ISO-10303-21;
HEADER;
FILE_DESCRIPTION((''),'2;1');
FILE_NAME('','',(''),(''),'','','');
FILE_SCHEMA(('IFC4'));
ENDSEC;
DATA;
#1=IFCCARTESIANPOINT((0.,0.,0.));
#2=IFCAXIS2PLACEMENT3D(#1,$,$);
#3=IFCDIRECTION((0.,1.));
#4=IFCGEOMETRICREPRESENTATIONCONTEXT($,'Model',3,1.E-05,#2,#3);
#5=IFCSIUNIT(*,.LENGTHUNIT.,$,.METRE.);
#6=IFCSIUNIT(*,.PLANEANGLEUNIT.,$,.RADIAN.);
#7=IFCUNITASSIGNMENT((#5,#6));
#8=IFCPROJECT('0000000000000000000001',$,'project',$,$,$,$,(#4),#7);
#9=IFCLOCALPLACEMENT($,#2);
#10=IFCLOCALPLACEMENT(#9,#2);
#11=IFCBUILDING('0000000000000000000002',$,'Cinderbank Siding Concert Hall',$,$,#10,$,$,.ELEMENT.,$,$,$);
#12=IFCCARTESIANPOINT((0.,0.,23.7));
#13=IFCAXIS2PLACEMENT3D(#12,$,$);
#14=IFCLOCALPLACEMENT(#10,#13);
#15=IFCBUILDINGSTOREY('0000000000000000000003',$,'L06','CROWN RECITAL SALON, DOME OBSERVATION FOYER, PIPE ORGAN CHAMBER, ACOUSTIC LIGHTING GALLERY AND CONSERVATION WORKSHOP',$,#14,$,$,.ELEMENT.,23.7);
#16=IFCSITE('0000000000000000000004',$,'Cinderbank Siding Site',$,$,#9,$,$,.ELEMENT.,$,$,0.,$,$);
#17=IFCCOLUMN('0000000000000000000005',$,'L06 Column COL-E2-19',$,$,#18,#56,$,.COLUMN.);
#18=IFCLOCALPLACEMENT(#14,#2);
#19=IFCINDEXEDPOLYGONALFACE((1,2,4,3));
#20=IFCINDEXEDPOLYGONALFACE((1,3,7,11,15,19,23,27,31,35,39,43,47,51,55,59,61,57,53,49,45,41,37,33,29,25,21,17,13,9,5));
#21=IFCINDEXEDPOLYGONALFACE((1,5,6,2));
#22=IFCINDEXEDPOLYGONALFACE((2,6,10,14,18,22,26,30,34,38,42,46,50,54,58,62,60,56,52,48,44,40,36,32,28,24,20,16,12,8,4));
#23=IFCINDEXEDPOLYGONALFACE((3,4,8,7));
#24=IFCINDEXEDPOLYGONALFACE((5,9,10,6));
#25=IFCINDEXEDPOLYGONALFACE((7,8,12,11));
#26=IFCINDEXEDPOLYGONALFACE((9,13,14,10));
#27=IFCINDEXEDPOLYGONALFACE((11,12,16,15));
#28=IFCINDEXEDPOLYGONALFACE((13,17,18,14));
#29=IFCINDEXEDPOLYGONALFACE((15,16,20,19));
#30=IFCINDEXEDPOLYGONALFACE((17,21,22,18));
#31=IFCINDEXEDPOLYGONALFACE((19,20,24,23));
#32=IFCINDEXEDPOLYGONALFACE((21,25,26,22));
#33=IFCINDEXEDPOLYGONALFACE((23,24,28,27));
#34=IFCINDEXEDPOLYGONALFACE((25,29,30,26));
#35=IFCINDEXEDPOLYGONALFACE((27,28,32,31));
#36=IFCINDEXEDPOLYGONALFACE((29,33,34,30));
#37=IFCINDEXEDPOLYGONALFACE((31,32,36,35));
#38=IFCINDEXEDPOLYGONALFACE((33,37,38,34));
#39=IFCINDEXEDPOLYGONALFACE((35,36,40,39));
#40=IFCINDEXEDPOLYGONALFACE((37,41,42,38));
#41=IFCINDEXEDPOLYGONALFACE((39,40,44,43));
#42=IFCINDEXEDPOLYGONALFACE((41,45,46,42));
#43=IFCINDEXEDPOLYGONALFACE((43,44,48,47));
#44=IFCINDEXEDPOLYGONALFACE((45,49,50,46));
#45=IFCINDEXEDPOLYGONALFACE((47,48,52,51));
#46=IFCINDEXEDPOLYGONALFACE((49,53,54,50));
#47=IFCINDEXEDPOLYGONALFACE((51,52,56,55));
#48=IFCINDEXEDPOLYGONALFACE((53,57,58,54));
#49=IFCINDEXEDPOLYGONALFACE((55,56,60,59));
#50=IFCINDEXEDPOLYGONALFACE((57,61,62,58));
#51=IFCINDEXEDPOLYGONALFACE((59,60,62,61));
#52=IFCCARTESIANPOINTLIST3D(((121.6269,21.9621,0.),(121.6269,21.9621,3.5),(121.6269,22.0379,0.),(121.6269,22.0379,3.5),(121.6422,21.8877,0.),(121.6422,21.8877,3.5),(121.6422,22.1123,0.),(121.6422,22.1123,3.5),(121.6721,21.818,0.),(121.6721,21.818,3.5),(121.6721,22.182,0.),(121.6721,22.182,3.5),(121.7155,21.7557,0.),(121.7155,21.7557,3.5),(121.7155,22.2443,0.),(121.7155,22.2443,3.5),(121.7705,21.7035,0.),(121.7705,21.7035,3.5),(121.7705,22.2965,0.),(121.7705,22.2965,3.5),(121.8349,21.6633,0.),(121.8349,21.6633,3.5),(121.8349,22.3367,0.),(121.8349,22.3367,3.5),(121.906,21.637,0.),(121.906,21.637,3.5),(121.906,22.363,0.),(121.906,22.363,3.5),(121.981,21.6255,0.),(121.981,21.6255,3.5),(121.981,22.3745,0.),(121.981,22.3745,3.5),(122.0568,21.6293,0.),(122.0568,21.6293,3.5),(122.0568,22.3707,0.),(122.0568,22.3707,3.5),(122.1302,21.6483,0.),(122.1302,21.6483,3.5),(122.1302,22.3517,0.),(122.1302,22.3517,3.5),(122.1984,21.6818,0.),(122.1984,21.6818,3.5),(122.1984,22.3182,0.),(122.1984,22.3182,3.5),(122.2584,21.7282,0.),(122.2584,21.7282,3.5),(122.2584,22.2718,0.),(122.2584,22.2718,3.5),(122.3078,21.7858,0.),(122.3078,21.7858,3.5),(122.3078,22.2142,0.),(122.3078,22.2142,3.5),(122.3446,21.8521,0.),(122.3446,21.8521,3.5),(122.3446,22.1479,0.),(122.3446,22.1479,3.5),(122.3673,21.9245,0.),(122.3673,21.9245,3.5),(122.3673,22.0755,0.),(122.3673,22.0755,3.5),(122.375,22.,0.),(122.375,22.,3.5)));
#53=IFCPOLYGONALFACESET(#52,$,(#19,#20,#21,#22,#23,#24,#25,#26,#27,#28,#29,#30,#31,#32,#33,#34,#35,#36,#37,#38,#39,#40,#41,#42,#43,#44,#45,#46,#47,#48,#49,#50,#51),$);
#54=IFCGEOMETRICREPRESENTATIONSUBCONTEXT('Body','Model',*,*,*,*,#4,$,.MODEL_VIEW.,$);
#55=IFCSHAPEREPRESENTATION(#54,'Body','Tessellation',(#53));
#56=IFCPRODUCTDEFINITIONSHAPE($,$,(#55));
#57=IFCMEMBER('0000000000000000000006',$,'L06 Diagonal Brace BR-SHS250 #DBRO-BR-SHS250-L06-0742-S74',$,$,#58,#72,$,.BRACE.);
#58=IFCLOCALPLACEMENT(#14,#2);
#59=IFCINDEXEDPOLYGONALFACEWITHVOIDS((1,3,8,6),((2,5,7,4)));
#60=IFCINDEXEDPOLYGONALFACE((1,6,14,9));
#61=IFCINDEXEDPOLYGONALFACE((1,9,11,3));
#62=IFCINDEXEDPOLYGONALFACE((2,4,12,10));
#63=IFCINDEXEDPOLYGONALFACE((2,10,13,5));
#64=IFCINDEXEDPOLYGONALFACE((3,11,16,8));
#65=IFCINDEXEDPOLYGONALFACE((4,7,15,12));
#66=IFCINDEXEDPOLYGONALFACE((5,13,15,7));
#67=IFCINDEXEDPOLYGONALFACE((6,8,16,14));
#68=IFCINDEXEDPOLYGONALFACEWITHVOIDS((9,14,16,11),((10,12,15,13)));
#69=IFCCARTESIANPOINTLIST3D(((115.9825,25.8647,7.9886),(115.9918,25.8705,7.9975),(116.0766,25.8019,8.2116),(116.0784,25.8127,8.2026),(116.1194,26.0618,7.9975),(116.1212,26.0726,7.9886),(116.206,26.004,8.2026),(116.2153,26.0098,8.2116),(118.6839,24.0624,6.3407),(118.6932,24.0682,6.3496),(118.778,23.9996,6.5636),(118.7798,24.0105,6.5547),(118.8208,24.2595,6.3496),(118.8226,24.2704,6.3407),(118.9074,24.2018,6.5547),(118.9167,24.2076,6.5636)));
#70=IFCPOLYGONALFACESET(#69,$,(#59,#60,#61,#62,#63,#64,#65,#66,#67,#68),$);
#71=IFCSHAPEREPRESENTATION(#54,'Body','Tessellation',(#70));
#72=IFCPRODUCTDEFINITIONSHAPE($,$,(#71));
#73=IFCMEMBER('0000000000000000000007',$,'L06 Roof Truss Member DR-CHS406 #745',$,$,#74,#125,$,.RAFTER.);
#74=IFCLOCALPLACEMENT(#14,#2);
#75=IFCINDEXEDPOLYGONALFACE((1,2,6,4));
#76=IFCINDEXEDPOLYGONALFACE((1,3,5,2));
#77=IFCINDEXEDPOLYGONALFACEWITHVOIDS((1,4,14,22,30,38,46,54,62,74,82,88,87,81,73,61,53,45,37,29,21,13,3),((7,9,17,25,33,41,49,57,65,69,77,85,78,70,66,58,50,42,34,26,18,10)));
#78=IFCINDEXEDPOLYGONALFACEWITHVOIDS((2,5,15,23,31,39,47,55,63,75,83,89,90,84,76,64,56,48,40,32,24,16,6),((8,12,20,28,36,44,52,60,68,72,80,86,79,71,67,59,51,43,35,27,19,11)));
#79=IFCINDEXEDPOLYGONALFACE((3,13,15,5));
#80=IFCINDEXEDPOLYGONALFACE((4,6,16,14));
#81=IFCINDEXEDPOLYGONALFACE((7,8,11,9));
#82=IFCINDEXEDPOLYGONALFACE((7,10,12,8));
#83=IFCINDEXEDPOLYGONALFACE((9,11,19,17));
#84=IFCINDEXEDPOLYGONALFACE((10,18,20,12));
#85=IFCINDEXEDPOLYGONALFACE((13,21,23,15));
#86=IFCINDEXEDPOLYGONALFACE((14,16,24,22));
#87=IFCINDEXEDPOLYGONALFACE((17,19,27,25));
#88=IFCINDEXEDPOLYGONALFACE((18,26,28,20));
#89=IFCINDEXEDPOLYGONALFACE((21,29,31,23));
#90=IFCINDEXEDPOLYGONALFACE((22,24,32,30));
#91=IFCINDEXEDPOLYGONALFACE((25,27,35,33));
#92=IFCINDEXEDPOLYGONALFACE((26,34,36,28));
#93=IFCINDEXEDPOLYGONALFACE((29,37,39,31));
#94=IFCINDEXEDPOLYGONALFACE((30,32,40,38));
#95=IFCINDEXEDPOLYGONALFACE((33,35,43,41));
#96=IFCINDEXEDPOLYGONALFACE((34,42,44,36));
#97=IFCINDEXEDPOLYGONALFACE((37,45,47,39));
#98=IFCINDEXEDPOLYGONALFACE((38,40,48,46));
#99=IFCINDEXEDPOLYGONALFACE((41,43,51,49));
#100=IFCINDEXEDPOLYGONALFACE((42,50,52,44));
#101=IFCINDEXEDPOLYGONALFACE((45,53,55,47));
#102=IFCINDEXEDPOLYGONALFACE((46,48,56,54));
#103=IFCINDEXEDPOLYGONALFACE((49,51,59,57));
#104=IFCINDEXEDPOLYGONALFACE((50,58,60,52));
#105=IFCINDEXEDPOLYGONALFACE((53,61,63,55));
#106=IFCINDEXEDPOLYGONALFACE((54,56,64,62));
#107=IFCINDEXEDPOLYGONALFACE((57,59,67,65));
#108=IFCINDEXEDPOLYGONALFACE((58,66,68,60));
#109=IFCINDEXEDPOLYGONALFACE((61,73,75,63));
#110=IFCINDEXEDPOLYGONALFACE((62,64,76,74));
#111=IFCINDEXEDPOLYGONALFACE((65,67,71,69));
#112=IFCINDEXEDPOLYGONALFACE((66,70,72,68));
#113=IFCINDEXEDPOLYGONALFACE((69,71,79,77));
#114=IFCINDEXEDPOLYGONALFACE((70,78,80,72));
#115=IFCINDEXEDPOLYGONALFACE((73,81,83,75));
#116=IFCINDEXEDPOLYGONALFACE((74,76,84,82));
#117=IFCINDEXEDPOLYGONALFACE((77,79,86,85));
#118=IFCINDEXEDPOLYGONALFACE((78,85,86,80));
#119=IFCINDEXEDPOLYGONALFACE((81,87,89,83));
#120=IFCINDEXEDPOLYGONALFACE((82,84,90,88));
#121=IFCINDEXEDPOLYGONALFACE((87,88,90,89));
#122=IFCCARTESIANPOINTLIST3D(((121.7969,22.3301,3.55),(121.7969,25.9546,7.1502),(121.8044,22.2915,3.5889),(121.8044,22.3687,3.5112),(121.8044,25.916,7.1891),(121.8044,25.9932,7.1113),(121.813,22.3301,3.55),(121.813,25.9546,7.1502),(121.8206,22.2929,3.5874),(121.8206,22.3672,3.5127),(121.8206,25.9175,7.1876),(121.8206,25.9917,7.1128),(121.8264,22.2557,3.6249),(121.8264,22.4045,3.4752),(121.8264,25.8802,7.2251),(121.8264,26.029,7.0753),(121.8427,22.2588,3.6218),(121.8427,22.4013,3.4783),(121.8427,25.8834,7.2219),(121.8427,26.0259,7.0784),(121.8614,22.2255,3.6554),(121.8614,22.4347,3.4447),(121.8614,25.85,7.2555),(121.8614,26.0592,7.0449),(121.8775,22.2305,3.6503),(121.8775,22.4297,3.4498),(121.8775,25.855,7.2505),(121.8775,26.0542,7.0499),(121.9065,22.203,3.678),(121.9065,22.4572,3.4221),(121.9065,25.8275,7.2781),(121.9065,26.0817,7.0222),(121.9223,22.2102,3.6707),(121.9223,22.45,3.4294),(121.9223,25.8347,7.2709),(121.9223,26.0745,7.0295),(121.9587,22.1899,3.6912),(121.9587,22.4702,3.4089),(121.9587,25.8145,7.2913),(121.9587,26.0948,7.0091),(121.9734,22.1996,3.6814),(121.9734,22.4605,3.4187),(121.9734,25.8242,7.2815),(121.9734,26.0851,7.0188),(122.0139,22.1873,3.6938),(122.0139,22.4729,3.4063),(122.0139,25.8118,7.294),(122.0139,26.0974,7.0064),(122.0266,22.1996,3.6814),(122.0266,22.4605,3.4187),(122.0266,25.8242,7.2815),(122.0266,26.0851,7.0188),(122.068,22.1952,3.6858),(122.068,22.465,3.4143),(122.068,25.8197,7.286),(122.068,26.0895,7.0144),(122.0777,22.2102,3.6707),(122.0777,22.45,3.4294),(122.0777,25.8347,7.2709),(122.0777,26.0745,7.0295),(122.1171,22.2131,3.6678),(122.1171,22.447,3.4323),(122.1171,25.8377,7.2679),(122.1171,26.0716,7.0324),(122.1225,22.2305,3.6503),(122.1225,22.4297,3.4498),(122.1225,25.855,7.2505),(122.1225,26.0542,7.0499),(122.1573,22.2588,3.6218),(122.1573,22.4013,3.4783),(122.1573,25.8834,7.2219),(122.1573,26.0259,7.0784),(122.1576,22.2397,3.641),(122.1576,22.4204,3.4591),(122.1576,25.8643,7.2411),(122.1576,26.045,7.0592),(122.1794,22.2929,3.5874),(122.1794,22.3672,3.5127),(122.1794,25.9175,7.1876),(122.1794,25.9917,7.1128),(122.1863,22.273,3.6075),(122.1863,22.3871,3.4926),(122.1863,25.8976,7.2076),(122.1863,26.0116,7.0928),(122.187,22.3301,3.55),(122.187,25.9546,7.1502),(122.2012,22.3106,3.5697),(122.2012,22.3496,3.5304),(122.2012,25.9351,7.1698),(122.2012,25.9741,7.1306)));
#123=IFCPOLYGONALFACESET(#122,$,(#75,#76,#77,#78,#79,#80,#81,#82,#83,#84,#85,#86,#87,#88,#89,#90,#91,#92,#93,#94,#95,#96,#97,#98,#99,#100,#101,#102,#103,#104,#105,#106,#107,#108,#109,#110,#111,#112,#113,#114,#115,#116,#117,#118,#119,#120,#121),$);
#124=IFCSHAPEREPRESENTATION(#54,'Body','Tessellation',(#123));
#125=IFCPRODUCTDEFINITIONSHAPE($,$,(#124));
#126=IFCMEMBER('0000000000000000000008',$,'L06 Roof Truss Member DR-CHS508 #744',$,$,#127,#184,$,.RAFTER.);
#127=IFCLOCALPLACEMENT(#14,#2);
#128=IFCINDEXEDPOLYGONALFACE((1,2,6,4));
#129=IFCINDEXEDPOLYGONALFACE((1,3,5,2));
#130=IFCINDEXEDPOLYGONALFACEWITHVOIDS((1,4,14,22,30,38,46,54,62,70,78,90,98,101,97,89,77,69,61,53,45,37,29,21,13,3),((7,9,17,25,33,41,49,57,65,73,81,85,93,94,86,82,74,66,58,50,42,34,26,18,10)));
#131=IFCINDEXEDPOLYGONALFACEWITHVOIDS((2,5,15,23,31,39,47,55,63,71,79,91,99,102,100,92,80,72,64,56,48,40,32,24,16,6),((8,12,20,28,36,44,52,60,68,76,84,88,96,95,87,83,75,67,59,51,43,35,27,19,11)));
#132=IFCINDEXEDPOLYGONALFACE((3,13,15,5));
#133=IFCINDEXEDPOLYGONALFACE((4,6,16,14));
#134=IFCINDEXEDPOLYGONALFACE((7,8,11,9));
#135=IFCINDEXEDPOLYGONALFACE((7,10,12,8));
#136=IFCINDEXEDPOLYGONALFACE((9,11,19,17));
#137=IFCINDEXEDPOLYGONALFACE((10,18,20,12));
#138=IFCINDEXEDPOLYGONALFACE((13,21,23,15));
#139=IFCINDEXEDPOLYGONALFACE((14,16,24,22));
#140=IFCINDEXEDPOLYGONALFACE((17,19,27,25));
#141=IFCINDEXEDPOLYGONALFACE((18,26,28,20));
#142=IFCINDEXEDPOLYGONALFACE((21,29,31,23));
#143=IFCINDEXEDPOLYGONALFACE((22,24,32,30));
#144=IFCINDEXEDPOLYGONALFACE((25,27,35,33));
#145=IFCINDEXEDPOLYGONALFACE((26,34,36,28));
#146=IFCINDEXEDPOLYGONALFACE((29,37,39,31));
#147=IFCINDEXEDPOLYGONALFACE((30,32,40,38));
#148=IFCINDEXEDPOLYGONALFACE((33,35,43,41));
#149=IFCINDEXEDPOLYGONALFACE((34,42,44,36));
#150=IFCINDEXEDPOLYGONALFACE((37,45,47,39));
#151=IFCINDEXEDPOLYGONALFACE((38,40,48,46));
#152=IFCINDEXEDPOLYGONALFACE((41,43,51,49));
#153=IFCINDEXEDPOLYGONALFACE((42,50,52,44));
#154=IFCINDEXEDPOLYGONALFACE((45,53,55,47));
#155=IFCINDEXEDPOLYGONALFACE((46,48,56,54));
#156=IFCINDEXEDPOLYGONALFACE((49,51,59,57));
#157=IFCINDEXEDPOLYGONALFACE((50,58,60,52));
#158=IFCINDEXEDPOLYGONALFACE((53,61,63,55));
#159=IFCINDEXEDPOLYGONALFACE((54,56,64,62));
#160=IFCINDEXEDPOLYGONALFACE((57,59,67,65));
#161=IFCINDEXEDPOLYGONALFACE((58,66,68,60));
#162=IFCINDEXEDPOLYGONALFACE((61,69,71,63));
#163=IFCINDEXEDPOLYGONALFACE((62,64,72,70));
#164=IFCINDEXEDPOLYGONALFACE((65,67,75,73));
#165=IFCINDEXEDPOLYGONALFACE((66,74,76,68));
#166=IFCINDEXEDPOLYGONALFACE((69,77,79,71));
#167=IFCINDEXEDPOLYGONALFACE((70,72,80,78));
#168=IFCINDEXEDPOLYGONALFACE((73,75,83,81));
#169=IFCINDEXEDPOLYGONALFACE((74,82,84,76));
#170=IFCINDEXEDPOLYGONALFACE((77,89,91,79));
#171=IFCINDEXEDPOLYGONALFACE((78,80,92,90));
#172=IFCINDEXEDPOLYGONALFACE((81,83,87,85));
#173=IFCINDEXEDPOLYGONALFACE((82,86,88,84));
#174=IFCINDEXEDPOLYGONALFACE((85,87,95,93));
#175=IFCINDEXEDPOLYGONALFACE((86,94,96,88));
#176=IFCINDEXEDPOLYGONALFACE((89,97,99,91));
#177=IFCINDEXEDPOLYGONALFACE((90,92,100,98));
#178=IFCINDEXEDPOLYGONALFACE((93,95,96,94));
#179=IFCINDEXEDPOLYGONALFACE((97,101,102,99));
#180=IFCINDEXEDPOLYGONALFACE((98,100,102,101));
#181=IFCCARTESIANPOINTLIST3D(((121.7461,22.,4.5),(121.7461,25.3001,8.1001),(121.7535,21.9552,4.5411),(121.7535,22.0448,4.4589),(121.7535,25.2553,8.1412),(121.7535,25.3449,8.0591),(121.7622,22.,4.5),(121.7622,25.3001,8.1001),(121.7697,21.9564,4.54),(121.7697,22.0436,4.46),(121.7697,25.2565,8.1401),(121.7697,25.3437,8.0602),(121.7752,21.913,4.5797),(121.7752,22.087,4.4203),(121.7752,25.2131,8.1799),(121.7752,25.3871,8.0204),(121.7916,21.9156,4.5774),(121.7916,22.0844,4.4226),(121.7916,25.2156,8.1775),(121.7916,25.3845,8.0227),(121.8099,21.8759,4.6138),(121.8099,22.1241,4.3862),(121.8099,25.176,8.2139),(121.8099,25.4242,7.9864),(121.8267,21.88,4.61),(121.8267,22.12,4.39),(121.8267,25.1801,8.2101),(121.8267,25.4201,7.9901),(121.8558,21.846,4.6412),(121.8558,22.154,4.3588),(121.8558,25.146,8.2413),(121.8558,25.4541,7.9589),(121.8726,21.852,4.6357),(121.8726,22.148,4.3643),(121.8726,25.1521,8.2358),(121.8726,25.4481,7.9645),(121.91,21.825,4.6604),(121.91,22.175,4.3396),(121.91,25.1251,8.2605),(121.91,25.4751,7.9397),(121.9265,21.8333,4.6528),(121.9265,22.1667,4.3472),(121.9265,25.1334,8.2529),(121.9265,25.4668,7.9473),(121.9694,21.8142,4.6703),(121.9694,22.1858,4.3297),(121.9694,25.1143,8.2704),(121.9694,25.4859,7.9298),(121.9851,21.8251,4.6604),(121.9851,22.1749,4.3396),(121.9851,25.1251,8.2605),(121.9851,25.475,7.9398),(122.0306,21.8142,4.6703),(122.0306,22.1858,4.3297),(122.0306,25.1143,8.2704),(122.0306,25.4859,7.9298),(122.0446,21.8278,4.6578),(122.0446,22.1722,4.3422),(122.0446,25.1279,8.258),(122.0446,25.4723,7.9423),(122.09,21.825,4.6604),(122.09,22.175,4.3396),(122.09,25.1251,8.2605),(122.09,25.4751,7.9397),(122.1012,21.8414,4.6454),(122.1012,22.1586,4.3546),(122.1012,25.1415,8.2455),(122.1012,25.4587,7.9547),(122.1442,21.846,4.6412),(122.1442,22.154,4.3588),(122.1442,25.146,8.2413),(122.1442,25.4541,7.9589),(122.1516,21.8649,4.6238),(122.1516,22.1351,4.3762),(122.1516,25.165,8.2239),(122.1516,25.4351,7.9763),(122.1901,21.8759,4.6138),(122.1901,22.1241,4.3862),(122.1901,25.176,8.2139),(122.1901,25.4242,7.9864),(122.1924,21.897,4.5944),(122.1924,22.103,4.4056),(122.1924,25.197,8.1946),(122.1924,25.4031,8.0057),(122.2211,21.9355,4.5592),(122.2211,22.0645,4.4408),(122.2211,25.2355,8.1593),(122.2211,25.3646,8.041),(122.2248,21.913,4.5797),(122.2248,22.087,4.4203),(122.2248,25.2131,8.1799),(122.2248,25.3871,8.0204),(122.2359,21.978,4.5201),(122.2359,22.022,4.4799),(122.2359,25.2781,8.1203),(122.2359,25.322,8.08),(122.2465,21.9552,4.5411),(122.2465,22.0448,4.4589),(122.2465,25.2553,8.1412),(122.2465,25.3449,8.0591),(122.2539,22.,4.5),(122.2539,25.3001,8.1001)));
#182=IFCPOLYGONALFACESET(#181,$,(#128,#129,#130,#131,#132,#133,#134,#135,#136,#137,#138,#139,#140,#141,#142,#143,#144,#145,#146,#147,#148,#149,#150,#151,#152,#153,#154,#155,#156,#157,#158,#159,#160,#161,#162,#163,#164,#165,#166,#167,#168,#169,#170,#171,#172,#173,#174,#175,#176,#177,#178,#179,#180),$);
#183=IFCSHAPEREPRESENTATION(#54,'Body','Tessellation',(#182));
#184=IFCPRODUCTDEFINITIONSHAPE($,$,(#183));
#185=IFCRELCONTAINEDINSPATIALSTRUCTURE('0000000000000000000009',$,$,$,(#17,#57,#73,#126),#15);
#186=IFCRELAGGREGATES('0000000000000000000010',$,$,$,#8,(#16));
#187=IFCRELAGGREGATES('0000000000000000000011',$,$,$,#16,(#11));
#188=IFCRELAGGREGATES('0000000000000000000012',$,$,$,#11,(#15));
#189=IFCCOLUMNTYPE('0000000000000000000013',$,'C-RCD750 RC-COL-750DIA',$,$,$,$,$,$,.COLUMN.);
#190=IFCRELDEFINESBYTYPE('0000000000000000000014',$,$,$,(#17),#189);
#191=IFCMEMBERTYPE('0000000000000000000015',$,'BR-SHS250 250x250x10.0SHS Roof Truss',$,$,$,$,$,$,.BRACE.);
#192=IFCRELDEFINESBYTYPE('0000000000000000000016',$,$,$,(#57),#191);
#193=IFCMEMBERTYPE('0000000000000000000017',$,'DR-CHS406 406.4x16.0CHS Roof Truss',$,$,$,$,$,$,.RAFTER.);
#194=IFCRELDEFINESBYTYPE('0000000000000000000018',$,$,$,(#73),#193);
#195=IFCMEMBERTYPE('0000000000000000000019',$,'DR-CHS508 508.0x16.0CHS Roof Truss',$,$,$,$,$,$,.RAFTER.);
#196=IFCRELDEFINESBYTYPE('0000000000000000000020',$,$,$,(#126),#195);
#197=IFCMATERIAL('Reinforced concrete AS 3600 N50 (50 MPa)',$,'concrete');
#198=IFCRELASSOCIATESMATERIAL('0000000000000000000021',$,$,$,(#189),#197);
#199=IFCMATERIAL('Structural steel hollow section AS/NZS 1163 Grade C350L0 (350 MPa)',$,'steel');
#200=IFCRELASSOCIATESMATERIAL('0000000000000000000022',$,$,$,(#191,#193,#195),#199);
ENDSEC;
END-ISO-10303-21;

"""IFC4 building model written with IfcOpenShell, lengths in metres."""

from ifc_helpers import new_model, si_unit, direction, frame, origin, origin_2d, place, context, subcontext, project, spatial, hollow_rectangle, circle, hollow_circle, extrude, material, material_profile, profile_set, type_object, element, save


model = new_model("IFC4")

# Units and contexts
model_context = context("Model", 3, precision=1e-05, world=origin(), true_north=direction((0.0, 1.0)))
body_context = subcontext(model_context, "Body", "Model", "MODEL_VIEW")
ifc_project = project(units=[si_unit("LENGTHUNIT", "METRE"), si_unit("PLANEANGLEUNIT", "RADIAN")], contexts=[model_context])

# Site, building, storey
site_placement = place(None, origin())
site = spatial("IfcSite", under=ifc_project, at=site_placement, Name="Cinderbank Siding Site", CompositionType="ELEMENT", RefElevation=0.0)
building_placement = place(site_placement, origin())
building = spatial("IfcBuilding", under=site, at=building_placement, Name="Cinderbank Siding Concert Hall", CompositionType="ELEMENT")
storey_placement = place(building_placement, frame((0.0, 0.0, 23.7)))
storey = spatial("IfcBuildingStorey", under=building, at=storey_placement, Name="L06", Description="CROWN RECITAL SALON, DOME OBSERVATION FOYER, PIPE ORGAN CHAMBER, ACOUSTIC LIGHTING GALLERY AND CONSERVATION WORKSHOP", CompositionType="ELEMENT", Elevation=23.7)

# Column
ifc_material_1 = material(Name="Reinforced concrete AS 3600 N50 (50 MPa)", Category="concrete")
ifc_material_profile_1 = material_profile(ifc_material_1, circle(Radius=0.375, at=origin_2d()), Name="RC-COL-750DIA", Category="LoadBearing")
ifc_profile_set_1 = profile_set([ifc_material_profile_1], Name="Reinforced concrete AS 3600 N50 (50 MPa)")
column_type = type_object("IfcColumnType", Name="C-RCD750 RC-COL-750DIA", PredefinedType="COLUMN", material=ifc_profile_set_1)
column_placement = place(storey_placement, frame((122.0, 22.0, 0.0), z_axis=(0.0, 0.0, 1.0), x_axis=(1.0, 0.0, 0.0)))
element("IfcColumn", 1, at=column_placement, inside=storey, type_object=column_type, Name="L06 Column COL-E2-19", PredefinedType="COLUMN", context=body_context, shape_type="SweptSolid", body=[
    extrude(circle(Radius=0.375, at=origin_2d()), origin(), (0.0, 0.0, 1.0), 3.5),
])

# Members
ifc_material_2 = material(Name="Structural steel hollow section AS/NZS 1163 Grade C350L0 (350 MPa)", Category="steel")
ifc_material_profile_2 = material_profile(ifc_material_2, hollow_rectangle(XDim=0.25, YDim=0.25, WallThickness=0.01, at=origin_2d()), Name="250x250x10.0SHS", Category="LoadBearing")
ifc_profile_set_2 = profile_set([ifc_material_profile_2], Name="Structural steel hollow section AS/NZS 1163 Grade C350L0 (350 MPa)")
member_type_1 = type_object("IfcMemberType", Name="BR-SHS250 250x250x10.0SHS Roof Truss", PredefinedType="BRACE", material=ifc_profile_set_2)
member_1_placement = place(storey_placement, frame((118.8003, 24.135, 6.4521), z_axis=(-0.741815, 0.494901, 0.452531), x_axis=(-0.554978, -0.831865, 0.0)))
element("IfcMember", 2, at=member_1_placement, inside=storey, type_object=member_type_1, Name="L06 Diagonal Brace BR-SHS250 #DBRO-BR-SHS250-L06-0742-S74", PredefinedType="BRACE", context=body_context, shape_type="SweptSolid", body=[
    extrude(hollow_rectangle(XDim=0.25, YDim=0.25, WallThickness=0.01, at=origin_2d()), origin(), (0.0, 0.0, 1.0), 3.6416),
])
ifc_material_profile_3 = material_profile(ifc_material_2, hollow_circle(Radius=0.2031, WallThickness=0.0161, at=origin_2d()), Name="406.4x16.0CHS", Category="LoadBearing")
ifc_profile_set_3 = profile_set([ifc_material_profile_3], Name="Structural steel hollow section AS/NZS 1163 Grade C350L0 (350 MPa)")
member_type_2 = type_object("IfcMemberType", Name="DR-CHS406 406.4x16.0CHS Roof Truss", PredefinedType="RAFTER", material=ifc_profile_set_3)
member_2_placement = place(storey_placement, frame((122.0, 22.3301, 3.55), z_axis=(0.0, 0.709492, 0.704713), x_axis=(-1.0, 0.0, 0.0)))
element("IfcMember", 3, at=member_2_placement, inside=storey, type_object=member_type_2, Name="L06 Roof Truss Member DR-CHS406 #745", PredefinedType="RAFTER", context=body_context, shape_type="SweptSolid", body=[
    extrude(hollow_circle(Radius=0.2031, WallThickness=0.0161, at=origin_2d()), origin(), (0.0, 0.0, 1.0), 5.1086),
])
ifc_material_profile_4 = material_profile(ifc_material_2, hollow_circle(Radius=0.2539, WallThickness=0.0161, at=origin_2d()), Name="508.0x16.0CHS", Category="LoadBearing")
ifc_profile_set_4 = profile_set([ifc_material_profile_4], Name="Structural steel hollow section AS/NZS 1163 Grade C350L0 (350 MPa)")
member_type_3 = type_object("IfcMemberType", Name="DR-CHS508 508.0x16.0CHS Roof Truss", PredefinedType="RAFTER", material=ifc_profile_set_4)
member_3_placement = place(storey_placement, frame((122.0, 22.0, 4.5), z_axis=(0.0, 0.67572, 0.737158), x_axis=(-1.0, 0.0, 0.0)))
element("IfcMember", 4, at=member_3_placement, inside=storey, type_object=member_type_3, Name="L06 Roof Truss Member DR-CHS508 #744", PredefinedType="RAFTER", context=body_context, shape_type="SweptSolid", body=[
    extrude(hollow_circle(Radius=0.2539, WallThickness=0.0161, at=origin_2d()), origin(), (0.0, 0.0, 1.0), 4.8838),
])

save(model, "model.ifc")
